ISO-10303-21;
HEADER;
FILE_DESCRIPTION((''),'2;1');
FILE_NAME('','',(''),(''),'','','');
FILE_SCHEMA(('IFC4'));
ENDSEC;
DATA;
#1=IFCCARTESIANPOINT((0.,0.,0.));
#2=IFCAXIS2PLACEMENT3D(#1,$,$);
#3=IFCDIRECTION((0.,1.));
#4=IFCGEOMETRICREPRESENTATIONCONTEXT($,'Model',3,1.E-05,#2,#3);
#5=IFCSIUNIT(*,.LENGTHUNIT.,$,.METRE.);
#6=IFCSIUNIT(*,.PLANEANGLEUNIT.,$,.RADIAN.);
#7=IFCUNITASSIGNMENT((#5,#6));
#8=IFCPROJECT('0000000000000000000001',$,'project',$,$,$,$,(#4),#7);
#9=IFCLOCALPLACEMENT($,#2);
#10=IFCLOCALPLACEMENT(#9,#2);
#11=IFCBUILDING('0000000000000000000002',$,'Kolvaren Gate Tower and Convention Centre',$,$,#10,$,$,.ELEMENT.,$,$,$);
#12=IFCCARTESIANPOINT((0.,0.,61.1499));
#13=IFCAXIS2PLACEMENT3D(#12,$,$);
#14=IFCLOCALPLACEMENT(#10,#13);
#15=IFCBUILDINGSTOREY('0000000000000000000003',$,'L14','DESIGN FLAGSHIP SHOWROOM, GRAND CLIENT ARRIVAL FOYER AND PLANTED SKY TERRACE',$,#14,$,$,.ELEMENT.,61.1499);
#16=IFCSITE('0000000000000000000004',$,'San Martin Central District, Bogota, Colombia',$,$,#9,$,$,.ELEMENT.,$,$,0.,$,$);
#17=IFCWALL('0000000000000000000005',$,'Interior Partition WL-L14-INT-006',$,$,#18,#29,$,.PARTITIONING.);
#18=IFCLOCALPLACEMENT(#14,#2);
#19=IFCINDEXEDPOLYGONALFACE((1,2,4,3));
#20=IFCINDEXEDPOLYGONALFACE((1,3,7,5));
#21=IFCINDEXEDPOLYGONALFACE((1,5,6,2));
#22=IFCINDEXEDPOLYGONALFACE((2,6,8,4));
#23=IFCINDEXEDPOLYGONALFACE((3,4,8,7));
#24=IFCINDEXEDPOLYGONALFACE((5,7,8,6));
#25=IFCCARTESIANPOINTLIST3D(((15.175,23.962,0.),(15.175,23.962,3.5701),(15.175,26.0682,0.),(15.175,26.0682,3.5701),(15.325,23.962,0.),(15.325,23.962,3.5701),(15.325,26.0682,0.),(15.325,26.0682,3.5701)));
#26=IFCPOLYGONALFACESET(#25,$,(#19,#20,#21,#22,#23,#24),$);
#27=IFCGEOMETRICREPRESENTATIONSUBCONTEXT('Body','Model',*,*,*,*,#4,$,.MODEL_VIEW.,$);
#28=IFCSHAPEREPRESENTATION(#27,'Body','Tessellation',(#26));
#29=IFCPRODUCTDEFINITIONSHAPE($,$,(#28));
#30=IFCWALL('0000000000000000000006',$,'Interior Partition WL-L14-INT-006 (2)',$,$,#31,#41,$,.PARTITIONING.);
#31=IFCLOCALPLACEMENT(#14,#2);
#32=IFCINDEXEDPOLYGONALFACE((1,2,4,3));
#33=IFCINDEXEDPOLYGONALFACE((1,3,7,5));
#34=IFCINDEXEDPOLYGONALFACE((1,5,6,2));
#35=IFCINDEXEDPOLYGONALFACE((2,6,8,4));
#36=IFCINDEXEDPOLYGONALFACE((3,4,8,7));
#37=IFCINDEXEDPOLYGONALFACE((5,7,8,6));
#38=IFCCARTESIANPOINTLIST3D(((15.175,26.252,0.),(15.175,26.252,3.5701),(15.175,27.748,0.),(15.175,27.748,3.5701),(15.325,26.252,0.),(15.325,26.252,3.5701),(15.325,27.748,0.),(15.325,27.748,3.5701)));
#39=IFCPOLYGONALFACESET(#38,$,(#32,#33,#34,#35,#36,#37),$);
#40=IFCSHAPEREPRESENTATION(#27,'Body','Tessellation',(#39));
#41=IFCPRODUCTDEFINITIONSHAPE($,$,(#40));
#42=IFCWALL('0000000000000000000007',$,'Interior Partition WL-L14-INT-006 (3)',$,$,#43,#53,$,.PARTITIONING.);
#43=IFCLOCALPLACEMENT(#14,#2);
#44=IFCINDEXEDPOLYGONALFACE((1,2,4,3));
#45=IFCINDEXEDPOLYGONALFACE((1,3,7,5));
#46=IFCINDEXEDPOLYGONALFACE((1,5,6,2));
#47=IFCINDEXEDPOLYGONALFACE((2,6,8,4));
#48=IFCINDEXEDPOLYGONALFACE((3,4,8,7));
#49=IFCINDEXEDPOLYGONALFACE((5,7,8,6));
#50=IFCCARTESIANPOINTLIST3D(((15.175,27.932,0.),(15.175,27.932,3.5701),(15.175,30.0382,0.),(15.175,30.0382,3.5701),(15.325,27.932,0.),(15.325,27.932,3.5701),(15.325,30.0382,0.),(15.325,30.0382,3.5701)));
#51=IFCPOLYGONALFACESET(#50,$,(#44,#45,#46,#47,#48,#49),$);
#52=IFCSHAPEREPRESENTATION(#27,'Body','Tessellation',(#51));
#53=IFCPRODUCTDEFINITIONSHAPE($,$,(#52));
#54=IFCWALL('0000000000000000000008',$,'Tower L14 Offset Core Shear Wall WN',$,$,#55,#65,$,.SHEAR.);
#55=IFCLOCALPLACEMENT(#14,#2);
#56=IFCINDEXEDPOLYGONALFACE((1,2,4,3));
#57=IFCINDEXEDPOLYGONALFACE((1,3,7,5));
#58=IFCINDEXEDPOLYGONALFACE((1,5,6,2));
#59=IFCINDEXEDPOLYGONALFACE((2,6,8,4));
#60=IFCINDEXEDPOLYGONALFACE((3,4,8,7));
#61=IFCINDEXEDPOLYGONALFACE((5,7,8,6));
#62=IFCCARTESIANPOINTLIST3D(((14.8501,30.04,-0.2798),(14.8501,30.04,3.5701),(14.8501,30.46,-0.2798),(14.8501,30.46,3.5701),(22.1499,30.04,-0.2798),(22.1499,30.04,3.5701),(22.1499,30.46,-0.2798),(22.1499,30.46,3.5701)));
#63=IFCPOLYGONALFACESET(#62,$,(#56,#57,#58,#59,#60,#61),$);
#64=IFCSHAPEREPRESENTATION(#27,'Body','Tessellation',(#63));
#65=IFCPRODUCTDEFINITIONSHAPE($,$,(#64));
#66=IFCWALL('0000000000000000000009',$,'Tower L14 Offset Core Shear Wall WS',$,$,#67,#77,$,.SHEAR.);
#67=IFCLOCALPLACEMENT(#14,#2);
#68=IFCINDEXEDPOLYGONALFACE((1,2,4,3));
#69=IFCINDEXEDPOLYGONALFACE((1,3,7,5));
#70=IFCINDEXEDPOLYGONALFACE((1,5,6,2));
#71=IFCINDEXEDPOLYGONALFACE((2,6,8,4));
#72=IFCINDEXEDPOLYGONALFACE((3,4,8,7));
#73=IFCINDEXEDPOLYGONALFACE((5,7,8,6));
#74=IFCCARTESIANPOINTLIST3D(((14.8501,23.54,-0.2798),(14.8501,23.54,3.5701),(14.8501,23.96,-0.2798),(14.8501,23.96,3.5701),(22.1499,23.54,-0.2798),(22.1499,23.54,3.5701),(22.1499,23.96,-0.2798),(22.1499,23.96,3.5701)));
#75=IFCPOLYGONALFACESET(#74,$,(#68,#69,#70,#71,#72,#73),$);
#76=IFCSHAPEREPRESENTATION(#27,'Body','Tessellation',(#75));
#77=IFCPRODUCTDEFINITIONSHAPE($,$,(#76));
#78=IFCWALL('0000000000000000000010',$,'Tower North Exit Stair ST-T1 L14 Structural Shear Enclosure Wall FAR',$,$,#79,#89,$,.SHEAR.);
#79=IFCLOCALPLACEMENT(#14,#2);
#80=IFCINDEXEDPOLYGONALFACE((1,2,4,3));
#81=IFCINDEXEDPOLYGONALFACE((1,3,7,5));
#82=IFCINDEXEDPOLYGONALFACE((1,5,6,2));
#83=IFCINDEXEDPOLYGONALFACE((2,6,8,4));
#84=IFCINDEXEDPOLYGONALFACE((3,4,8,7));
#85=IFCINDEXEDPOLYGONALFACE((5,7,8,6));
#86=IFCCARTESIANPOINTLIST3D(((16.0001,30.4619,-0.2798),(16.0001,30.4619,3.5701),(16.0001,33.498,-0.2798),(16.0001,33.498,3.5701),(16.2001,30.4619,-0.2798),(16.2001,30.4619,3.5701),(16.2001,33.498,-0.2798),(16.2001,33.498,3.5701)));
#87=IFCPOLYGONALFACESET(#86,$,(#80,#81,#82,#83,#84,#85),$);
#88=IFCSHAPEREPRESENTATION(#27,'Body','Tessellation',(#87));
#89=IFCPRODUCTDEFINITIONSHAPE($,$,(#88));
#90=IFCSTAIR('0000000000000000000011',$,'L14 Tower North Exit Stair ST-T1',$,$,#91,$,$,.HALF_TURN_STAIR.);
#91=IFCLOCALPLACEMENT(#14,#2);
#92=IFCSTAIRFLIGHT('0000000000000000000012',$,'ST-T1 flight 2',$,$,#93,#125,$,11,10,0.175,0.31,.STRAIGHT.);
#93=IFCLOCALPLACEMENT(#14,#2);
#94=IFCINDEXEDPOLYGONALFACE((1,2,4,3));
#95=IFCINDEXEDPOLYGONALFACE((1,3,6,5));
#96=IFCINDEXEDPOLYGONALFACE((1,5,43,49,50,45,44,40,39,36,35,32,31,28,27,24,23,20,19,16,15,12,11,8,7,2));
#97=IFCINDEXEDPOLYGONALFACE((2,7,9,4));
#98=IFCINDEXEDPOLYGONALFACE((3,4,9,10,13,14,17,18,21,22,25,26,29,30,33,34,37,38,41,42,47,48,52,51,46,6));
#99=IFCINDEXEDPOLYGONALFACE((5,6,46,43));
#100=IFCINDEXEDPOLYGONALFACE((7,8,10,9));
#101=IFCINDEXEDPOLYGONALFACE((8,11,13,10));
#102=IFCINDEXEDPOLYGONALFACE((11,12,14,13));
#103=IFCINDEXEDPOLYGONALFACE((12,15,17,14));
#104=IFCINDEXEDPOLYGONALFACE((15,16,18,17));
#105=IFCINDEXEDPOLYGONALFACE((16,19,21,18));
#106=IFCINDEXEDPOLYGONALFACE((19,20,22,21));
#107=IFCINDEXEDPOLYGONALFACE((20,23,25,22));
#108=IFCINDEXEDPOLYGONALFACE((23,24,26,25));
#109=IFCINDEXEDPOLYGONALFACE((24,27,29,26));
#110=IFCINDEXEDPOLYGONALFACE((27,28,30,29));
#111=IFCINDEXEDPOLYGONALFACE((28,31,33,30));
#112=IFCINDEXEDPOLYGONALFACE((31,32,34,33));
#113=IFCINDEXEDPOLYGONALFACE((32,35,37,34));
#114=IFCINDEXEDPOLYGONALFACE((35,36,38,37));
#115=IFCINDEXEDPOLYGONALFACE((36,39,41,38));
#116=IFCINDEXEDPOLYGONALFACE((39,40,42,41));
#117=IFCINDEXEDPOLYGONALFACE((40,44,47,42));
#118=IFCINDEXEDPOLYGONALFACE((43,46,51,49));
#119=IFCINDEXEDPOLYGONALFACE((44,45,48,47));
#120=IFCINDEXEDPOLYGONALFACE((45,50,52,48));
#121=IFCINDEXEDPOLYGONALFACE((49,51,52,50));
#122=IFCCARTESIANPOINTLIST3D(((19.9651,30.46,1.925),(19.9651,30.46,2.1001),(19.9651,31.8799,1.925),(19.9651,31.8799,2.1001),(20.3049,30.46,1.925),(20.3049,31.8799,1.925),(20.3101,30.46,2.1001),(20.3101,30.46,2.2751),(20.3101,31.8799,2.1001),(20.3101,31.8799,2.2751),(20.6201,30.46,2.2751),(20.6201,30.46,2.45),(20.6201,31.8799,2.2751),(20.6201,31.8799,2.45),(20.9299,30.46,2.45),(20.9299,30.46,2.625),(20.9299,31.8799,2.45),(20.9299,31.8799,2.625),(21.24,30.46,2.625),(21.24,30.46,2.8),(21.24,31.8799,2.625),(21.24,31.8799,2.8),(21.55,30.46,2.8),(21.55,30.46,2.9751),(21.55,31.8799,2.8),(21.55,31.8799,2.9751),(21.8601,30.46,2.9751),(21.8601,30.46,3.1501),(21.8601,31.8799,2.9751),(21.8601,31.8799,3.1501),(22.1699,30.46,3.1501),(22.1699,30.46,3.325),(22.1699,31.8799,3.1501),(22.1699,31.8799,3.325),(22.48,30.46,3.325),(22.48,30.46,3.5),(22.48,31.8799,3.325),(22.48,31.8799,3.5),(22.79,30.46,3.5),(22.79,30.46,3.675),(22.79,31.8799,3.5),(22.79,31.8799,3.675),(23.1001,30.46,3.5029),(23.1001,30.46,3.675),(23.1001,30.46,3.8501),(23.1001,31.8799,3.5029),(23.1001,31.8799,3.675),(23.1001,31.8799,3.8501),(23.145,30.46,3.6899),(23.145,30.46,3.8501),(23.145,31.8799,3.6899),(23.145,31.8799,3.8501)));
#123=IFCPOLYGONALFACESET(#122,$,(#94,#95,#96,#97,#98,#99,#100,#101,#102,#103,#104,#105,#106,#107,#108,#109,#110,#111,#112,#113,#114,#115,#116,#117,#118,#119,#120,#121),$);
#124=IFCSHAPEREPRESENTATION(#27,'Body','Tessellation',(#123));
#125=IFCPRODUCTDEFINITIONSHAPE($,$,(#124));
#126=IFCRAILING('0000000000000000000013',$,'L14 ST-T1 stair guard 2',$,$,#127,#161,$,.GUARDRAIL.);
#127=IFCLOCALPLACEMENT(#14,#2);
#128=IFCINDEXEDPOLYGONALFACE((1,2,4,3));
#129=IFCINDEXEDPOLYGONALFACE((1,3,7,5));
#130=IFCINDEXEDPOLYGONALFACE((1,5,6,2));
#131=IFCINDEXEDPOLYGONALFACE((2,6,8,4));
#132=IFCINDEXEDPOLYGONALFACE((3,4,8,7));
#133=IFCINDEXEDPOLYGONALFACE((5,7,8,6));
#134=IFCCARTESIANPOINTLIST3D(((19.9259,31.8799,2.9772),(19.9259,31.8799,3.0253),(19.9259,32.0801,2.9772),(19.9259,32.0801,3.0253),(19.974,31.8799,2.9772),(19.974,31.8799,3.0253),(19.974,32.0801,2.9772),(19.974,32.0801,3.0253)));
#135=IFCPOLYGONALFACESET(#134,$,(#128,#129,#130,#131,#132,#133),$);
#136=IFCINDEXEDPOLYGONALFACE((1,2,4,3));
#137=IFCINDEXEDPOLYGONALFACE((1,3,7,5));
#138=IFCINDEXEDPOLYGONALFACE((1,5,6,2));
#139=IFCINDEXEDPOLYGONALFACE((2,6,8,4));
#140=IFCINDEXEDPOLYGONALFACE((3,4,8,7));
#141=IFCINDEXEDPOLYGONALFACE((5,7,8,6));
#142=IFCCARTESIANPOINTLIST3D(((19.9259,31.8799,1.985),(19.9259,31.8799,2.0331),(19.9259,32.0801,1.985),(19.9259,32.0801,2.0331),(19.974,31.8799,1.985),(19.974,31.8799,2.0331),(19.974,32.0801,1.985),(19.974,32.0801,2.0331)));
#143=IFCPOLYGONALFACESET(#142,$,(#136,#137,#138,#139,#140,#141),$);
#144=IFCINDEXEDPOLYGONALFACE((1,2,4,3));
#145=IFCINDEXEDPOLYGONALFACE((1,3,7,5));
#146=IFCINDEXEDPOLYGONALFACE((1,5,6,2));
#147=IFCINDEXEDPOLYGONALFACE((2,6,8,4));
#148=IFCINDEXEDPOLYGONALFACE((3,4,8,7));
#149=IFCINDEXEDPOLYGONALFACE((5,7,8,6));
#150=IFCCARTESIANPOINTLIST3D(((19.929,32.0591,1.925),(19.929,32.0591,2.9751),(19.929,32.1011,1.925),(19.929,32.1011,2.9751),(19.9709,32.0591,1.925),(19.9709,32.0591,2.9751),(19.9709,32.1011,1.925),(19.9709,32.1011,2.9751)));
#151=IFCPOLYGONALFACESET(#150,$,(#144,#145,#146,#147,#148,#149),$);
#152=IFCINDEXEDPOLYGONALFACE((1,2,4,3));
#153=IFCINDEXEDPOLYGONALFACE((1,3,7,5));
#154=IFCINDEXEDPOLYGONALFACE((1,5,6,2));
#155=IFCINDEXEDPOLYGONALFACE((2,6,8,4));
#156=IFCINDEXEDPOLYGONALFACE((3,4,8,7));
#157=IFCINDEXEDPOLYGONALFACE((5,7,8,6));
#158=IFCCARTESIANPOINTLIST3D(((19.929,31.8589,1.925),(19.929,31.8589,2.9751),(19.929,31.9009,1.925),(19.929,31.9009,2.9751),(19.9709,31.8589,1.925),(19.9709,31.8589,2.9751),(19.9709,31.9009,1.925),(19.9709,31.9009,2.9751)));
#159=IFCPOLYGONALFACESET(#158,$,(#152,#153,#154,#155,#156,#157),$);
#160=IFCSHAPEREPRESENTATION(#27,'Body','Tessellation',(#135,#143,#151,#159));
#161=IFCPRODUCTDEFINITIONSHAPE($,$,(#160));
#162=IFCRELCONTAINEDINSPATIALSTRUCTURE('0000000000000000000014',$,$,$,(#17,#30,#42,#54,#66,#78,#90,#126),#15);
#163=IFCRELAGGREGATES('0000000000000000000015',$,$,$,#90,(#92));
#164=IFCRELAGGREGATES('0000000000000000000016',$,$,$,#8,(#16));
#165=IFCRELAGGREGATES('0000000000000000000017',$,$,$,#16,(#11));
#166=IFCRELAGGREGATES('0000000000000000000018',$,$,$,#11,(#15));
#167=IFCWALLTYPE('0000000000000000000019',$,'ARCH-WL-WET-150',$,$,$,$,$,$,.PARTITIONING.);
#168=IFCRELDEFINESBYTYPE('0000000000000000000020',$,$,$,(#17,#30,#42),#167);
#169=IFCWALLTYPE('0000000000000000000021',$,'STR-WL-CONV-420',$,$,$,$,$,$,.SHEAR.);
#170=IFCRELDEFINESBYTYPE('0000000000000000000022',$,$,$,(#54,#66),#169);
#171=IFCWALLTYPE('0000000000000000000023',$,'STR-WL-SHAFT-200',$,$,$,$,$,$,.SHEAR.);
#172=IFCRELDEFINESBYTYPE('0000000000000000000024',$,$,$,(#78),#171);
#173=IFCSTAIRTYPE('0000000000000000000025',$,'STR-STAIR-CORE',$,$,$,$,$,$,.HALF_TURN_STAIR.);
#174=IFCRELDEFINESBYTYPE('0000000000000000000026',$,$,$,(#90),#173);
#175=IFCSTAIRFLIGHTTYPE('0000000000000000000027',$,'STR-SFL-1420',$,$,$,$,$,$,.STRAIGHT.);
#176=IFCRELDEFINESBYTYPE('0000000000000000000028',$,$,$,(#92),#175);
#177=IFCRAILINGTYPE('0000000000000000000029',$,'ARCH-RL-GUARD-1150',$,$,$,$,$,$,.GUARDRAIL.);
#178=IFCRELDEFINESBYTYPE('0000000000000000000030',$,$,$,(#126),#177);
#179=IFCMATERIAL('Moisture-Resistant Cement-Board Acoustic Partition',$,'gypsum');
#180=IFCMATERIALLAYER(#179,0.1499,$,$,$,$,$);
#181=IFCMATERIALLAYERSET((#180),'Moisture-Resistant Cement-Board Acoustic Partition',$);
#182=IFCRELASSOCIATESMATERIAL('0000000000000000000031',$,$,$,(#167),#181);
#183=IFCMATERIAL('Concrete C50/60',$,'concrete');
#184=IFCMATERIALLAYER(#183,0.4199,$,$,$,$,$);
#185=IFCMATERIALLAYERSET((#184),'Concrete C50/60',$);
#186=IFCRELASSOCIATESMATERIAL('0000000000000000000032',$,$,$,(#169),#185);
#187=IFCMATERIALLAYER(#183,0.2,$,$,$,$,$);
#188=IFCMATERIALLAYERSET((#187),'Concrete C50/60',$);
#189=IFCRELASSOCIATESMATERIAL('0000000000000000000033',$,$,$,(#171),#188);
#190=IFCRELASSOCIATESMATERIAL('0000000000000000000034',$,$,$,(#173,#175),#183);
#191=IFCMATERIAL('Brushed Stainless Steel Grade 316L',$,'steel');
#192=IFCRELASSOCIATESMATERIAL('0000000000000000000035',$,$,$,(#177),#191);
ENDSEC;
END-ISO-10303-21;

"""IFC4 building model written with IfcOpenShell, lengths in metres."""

from ifc_helpers import new_model, si_unit, direction, frame, frame_2d, origin, origin_2d, place, context, subcontext, project, spatial, polyline, rectangle, outline, extrude, material, layer, layer_set, type_object, element, aggregate, save


model = new_model("IFC4")

# Units and contexts
model_context = context("Model", 3, precision=1e-05, world=origin(), true_north=direction((0.0, 1.0)))
body_context = subcontext(model_context, "Body", "Model", "MODEL_VIEW")
ifc_project = project(units=[si_unit("LENGTHUNIT", "METRE"), si_unit("PLANEANGLEUNIT", "RADIAN")], contexts=[model_context])

# Site, building, storey
site_placement = place(None, origin())
site = spatial("IfcSite", under=ifc_project, at=site_placement, Name="San Martin Central District, Bogota, Colombia", CompositionType="ELEMENT", RefElevation=0.0)
building_placement = place(site_placement, origin())
building = spatial("IfcBuilding", under=site, at=building_placement, Name="Kolvaren Gate Tower and Convention Centre", CompositionType="ELEMENT")
storey_placement = place(building_placement, frame((0.0, 0.0, 61.1499)))
storey = spatial("IfcBuildingStorey", under=building, at=storey_placement, Name="L14", Description="DESIGN FLAGSHIP SHOWROOM, GRAND CLIENT ARRIVAL FOYER AND PLANTED SKY TERRACE", CompositionType="ELEMENT", Elevation=61.1499)

# Walls
ifc_material_1 = material(Name="Moisture-Resistant Cement-Board Acoustic Partition", Category="gypsum")
ifc_layer_1 = layer(ifc_material_1, 0.1499)
ifc_layer_set_1 = layer_set([ifc_layer_1], Name="Moisture-Resistant Cement-Board Acoustic Partition")
wall_type_1 = type_object("IfcWallType", Name="ARCH-WL-WET-150", PredefinedType="PARTITIONING", material=ifc_layer_set_1)
wall_1_placement = place(storey_placement, frame((15.25, 23.9619, 0.0), z_axis=(0.0, 0.0, 1.0), x_axis=(0.0, 1.0, 0.0)))
element("IfcWall", 1, at=wall_1_placement, inside=storey, type_object=wall_type_1, Name="Interior Partition WL-L14-INT-006", PredefinedType="PARTITIONING", context=body_context, shape_type="SweptSolid", body=[
    extrude(rectangle(XDim=2.1062, YDim=0.1499, at=frame_2d((1.0532, 0.0))), origin(), (0.0, 0.0, 1.0), 3.5701),
])
wall_2_placement = place(storey_placement, frame((15.25, 26.252, 0.0), z_axis=(0.0, 0.0, 1.0), x_axis=(0.0, 1.0, 0.0)))
element("IfcWall", 2, at=wall_2_placement, inside=storey, type_object=wall_type_1, Name="Interior Partition WL-L14-INT-006 (2)", PredefinedType="PARTITIONING", context=body_context, shape_type="SweptSolid", body=[
    extrude(rectangle(XDim=1.4961, YDim=0.1499, at=frame_2d((0.748, 0.0))), origin(), (0.0, 0.0, 1.0), 3.5701),
])
wall_3_placement = place(storey_placement, frame((15.25, 27.9319, 0.0), z_axis=(0.0, 0.0, 1.0), x_axis=(0.0, 1.0, 0.0)))
element("IfcWall", 3, at=wall_3_placement, inside=storey, type_object=wall_type_1, Name="Interior Partition WL-L14-INT-006 (3)", PredefinedType="PARTITIONING", context=body_context, shape_type="SweptSolid", body=[
    extrude(rectangle(XDim=2.1062, YDim=0.1499, at=frame_2d((1.0532, 0.0))), origin(), (0.0, 0.0, 1.0), 3.5701),
])
ifc_material_2 = material(Name="Concrete C50/60", Category="concrete")
ifc_layer_2 = layer(ifc_material_2, 0.4199)
ifc_layer_set_2 = layer_set([ifc_layer_2], Name="Concrete C50/60")
wall_type_2 = type_object("IfcWallType", Name="STR-WL-CONV-420", PredefinedType="SHEAR", material=ifc_layer_set_2)
for number, where, z_axis, x_axis, name in (
    (4, (14.8501, 30.25, -0.2798), (0.0, 0.0, 1.0), (1.0, 0.0, 0.0), "Tower L14 Offset Core Shear Wall WN"),
    (5, (14.8501, 23.75, -0.2798), (0.0, 0.0, 1.0), (1.0, 0.0, 0.0), "Tower L14 Offset Core Shear Wall WS"),
):
    element("IfcWall", number, at=place(storey_placement, frame(where, z_axis=z_axis, x_axis=x_axis)), inside=storey, type_object=wall_type_2, Name=name, PredefinedType="SHEAR", context=body_context, shape_type="SweptSolid", body=[
        extrude(rectangle(XDim=7.2998, YDim=0.4199, at=frame_2d((3.6499, 0.0))), origin(), (0.0, 0.0, 1.0), 3.8499),
    ])
ifc_layer_3 = layer(ifc_material_2, 0.2)
ifc_layer_set_3 = layer_set([ifc_layer_3], Name="Concrete C50/60")
wall_type_3 = type_object("IfcWallType", Name="STR-WL-SHAFT-200", PredefinedType="SHEAR", material=ifc_layer_set_3)
wall_4_placement = place(storey_placement, frame((16.1001, 30.4619, -0.2798), z_axis=(0.0, 0.0, 1.0), x_axis=(0.0, 1.0, 0.0)))
element("IfcWall", 6, at=wall_4_placement, inside=storey, type_object=wall_type_3, Name="Tower North Exit Stair ST-T1 L14 Structural Shear Enclosure Wall FAR", PredefinedType="SHEAR", context=body_context, shape_type="SweptSolid", body=[
    extrude(rectangle(XDim=3.0361, YDim=0.2, at=frame_2d((1.5181, 0.0))), origin(), (0.0, 0.0, 1.0), 3.8499),
])

# Stair, stair flight
stair_type = type_object("IfcStairType", Name="STR-STAIR-CORE", PredefinedType="HALF_TURN_STAIR", material=ifc_material_2)
stair_placement = place(storey_placement, origin())
stair = element("IfcStair", 7, at=stair_placement, inside=storey, type_object=stair_type, Name="L14 Tower North Exit Stair ST-T1", PredefinedType="HALF_TURN_STAIR")
stair_flight_type = type_object("IfcStairFlightType", Name="STR-SFL-1420", PredefinedType="STRAIGHT", material=ifc_material_2)
stair_flight_placement = place(storey_placement, frame((20.0, 31.1699, 1.925), z_axis=(0.0, 0.0, 1.0), x_axis=(1.0, 0.0, 0.0)))
stair_flight = element("IfcStairFlight", 8, at=stair_flight_placement, type_object=stair_flight_type, Name="ST-T1 flight 2", NumberOfRisers=11, NumberOfTreads=10, PredefinedType="STRAIGHT", RiserHeight=0.175, TreadLength=0.31, context=body_context, shape_type="SweptSolid", body=[
    extrude(outline(polyline([(-0.0349, 0.0), (-0.0349, 0.175), (0.3101, 0.175), (0.3101, 0.3501), (0.6201, 0.3501), (0.6201, 0.5249), (0.9299, 0.5249), (0.9299, 0.7), (1.24, 0.7), (1.24, 0.875), (1.55, 0.875), (1.55, 1.05), (1.8601, 1.05), (1.8601, 1.2251), (2.1699, 1.2251), (2.1699, 1.3999), (2.48, 1.3999), (2.48, 1.575), (2.79, 1.575), (2.79, 1.75), (3.1001, 1.75), (3.1001, 1.925), (3.145, 1.925), (3.145, 1.7649), (3.1001, 1.5779), (0.3049, 0.0), (-0.0349, 0.0)])), frame((0.0, 0.71, 0.0), z_axis=(0.0, -1.0, 0.0), x_axis=(1.0, 0.0, 0.0)), (0.0, 0.0, 1.0), 1.4199),
])
aggregate(stair, [stair_flight])

# Railing
ifc_material_3 = material(Name="Brushed Stainless Steel Grade 316L", Category="steel")
railing_type_1 = type_object("IfcRailingType", Name="ARCH-RL-GUARD-1150", PredefinedType="GUARDRAIL", material=ifc_material_3)
railing_1_placement = place(storey_placement, frame((19.95, 32.0801, 1.925)))
element("IfcRailing", 9, at=railing_1_placement, inside=storey, type_object=railing_type_1, Name="L14 ST-T1 stair guard 2", PredefinedType="GUARDRAIL", context=body_context, shape_type="SweptSolid", body=[
    extrude(rectangle(XDim=0.0481, YDim=0.0481, at=origin_2d()), frame((0.0, 0.0, 1.0762), z_axis=(0.0, -1.0, 0.0), x_axis=(1.0, 0.0, 0.0)), (0.0, 0.0, 1.0), 0.2002),
    extrude(rectangle(XDim=0.0481, YDim=0.0481, at=origin_2d()), frame((0.0, 0.0, 0.084), z_axis=(0.0, -1.0, 0.0), x_axis=(1.0, 0.0, 0.0)), (0.0, 0.0, 1.0), 0.2002),
    extrude(rectangle(XDim=0.042, YDim=0.042, at=origin_2d()), origin(), (0.0, 0.0, 1.0), 1.05),
    extrude(rectangle(XDim=0.042, YDim=0.042, at=origin_2d()), frame((0.0, -0.2002, 0.0)), (0.0, 0.0, 1.0), 1.05),
])

save(model, "model.ifc")
